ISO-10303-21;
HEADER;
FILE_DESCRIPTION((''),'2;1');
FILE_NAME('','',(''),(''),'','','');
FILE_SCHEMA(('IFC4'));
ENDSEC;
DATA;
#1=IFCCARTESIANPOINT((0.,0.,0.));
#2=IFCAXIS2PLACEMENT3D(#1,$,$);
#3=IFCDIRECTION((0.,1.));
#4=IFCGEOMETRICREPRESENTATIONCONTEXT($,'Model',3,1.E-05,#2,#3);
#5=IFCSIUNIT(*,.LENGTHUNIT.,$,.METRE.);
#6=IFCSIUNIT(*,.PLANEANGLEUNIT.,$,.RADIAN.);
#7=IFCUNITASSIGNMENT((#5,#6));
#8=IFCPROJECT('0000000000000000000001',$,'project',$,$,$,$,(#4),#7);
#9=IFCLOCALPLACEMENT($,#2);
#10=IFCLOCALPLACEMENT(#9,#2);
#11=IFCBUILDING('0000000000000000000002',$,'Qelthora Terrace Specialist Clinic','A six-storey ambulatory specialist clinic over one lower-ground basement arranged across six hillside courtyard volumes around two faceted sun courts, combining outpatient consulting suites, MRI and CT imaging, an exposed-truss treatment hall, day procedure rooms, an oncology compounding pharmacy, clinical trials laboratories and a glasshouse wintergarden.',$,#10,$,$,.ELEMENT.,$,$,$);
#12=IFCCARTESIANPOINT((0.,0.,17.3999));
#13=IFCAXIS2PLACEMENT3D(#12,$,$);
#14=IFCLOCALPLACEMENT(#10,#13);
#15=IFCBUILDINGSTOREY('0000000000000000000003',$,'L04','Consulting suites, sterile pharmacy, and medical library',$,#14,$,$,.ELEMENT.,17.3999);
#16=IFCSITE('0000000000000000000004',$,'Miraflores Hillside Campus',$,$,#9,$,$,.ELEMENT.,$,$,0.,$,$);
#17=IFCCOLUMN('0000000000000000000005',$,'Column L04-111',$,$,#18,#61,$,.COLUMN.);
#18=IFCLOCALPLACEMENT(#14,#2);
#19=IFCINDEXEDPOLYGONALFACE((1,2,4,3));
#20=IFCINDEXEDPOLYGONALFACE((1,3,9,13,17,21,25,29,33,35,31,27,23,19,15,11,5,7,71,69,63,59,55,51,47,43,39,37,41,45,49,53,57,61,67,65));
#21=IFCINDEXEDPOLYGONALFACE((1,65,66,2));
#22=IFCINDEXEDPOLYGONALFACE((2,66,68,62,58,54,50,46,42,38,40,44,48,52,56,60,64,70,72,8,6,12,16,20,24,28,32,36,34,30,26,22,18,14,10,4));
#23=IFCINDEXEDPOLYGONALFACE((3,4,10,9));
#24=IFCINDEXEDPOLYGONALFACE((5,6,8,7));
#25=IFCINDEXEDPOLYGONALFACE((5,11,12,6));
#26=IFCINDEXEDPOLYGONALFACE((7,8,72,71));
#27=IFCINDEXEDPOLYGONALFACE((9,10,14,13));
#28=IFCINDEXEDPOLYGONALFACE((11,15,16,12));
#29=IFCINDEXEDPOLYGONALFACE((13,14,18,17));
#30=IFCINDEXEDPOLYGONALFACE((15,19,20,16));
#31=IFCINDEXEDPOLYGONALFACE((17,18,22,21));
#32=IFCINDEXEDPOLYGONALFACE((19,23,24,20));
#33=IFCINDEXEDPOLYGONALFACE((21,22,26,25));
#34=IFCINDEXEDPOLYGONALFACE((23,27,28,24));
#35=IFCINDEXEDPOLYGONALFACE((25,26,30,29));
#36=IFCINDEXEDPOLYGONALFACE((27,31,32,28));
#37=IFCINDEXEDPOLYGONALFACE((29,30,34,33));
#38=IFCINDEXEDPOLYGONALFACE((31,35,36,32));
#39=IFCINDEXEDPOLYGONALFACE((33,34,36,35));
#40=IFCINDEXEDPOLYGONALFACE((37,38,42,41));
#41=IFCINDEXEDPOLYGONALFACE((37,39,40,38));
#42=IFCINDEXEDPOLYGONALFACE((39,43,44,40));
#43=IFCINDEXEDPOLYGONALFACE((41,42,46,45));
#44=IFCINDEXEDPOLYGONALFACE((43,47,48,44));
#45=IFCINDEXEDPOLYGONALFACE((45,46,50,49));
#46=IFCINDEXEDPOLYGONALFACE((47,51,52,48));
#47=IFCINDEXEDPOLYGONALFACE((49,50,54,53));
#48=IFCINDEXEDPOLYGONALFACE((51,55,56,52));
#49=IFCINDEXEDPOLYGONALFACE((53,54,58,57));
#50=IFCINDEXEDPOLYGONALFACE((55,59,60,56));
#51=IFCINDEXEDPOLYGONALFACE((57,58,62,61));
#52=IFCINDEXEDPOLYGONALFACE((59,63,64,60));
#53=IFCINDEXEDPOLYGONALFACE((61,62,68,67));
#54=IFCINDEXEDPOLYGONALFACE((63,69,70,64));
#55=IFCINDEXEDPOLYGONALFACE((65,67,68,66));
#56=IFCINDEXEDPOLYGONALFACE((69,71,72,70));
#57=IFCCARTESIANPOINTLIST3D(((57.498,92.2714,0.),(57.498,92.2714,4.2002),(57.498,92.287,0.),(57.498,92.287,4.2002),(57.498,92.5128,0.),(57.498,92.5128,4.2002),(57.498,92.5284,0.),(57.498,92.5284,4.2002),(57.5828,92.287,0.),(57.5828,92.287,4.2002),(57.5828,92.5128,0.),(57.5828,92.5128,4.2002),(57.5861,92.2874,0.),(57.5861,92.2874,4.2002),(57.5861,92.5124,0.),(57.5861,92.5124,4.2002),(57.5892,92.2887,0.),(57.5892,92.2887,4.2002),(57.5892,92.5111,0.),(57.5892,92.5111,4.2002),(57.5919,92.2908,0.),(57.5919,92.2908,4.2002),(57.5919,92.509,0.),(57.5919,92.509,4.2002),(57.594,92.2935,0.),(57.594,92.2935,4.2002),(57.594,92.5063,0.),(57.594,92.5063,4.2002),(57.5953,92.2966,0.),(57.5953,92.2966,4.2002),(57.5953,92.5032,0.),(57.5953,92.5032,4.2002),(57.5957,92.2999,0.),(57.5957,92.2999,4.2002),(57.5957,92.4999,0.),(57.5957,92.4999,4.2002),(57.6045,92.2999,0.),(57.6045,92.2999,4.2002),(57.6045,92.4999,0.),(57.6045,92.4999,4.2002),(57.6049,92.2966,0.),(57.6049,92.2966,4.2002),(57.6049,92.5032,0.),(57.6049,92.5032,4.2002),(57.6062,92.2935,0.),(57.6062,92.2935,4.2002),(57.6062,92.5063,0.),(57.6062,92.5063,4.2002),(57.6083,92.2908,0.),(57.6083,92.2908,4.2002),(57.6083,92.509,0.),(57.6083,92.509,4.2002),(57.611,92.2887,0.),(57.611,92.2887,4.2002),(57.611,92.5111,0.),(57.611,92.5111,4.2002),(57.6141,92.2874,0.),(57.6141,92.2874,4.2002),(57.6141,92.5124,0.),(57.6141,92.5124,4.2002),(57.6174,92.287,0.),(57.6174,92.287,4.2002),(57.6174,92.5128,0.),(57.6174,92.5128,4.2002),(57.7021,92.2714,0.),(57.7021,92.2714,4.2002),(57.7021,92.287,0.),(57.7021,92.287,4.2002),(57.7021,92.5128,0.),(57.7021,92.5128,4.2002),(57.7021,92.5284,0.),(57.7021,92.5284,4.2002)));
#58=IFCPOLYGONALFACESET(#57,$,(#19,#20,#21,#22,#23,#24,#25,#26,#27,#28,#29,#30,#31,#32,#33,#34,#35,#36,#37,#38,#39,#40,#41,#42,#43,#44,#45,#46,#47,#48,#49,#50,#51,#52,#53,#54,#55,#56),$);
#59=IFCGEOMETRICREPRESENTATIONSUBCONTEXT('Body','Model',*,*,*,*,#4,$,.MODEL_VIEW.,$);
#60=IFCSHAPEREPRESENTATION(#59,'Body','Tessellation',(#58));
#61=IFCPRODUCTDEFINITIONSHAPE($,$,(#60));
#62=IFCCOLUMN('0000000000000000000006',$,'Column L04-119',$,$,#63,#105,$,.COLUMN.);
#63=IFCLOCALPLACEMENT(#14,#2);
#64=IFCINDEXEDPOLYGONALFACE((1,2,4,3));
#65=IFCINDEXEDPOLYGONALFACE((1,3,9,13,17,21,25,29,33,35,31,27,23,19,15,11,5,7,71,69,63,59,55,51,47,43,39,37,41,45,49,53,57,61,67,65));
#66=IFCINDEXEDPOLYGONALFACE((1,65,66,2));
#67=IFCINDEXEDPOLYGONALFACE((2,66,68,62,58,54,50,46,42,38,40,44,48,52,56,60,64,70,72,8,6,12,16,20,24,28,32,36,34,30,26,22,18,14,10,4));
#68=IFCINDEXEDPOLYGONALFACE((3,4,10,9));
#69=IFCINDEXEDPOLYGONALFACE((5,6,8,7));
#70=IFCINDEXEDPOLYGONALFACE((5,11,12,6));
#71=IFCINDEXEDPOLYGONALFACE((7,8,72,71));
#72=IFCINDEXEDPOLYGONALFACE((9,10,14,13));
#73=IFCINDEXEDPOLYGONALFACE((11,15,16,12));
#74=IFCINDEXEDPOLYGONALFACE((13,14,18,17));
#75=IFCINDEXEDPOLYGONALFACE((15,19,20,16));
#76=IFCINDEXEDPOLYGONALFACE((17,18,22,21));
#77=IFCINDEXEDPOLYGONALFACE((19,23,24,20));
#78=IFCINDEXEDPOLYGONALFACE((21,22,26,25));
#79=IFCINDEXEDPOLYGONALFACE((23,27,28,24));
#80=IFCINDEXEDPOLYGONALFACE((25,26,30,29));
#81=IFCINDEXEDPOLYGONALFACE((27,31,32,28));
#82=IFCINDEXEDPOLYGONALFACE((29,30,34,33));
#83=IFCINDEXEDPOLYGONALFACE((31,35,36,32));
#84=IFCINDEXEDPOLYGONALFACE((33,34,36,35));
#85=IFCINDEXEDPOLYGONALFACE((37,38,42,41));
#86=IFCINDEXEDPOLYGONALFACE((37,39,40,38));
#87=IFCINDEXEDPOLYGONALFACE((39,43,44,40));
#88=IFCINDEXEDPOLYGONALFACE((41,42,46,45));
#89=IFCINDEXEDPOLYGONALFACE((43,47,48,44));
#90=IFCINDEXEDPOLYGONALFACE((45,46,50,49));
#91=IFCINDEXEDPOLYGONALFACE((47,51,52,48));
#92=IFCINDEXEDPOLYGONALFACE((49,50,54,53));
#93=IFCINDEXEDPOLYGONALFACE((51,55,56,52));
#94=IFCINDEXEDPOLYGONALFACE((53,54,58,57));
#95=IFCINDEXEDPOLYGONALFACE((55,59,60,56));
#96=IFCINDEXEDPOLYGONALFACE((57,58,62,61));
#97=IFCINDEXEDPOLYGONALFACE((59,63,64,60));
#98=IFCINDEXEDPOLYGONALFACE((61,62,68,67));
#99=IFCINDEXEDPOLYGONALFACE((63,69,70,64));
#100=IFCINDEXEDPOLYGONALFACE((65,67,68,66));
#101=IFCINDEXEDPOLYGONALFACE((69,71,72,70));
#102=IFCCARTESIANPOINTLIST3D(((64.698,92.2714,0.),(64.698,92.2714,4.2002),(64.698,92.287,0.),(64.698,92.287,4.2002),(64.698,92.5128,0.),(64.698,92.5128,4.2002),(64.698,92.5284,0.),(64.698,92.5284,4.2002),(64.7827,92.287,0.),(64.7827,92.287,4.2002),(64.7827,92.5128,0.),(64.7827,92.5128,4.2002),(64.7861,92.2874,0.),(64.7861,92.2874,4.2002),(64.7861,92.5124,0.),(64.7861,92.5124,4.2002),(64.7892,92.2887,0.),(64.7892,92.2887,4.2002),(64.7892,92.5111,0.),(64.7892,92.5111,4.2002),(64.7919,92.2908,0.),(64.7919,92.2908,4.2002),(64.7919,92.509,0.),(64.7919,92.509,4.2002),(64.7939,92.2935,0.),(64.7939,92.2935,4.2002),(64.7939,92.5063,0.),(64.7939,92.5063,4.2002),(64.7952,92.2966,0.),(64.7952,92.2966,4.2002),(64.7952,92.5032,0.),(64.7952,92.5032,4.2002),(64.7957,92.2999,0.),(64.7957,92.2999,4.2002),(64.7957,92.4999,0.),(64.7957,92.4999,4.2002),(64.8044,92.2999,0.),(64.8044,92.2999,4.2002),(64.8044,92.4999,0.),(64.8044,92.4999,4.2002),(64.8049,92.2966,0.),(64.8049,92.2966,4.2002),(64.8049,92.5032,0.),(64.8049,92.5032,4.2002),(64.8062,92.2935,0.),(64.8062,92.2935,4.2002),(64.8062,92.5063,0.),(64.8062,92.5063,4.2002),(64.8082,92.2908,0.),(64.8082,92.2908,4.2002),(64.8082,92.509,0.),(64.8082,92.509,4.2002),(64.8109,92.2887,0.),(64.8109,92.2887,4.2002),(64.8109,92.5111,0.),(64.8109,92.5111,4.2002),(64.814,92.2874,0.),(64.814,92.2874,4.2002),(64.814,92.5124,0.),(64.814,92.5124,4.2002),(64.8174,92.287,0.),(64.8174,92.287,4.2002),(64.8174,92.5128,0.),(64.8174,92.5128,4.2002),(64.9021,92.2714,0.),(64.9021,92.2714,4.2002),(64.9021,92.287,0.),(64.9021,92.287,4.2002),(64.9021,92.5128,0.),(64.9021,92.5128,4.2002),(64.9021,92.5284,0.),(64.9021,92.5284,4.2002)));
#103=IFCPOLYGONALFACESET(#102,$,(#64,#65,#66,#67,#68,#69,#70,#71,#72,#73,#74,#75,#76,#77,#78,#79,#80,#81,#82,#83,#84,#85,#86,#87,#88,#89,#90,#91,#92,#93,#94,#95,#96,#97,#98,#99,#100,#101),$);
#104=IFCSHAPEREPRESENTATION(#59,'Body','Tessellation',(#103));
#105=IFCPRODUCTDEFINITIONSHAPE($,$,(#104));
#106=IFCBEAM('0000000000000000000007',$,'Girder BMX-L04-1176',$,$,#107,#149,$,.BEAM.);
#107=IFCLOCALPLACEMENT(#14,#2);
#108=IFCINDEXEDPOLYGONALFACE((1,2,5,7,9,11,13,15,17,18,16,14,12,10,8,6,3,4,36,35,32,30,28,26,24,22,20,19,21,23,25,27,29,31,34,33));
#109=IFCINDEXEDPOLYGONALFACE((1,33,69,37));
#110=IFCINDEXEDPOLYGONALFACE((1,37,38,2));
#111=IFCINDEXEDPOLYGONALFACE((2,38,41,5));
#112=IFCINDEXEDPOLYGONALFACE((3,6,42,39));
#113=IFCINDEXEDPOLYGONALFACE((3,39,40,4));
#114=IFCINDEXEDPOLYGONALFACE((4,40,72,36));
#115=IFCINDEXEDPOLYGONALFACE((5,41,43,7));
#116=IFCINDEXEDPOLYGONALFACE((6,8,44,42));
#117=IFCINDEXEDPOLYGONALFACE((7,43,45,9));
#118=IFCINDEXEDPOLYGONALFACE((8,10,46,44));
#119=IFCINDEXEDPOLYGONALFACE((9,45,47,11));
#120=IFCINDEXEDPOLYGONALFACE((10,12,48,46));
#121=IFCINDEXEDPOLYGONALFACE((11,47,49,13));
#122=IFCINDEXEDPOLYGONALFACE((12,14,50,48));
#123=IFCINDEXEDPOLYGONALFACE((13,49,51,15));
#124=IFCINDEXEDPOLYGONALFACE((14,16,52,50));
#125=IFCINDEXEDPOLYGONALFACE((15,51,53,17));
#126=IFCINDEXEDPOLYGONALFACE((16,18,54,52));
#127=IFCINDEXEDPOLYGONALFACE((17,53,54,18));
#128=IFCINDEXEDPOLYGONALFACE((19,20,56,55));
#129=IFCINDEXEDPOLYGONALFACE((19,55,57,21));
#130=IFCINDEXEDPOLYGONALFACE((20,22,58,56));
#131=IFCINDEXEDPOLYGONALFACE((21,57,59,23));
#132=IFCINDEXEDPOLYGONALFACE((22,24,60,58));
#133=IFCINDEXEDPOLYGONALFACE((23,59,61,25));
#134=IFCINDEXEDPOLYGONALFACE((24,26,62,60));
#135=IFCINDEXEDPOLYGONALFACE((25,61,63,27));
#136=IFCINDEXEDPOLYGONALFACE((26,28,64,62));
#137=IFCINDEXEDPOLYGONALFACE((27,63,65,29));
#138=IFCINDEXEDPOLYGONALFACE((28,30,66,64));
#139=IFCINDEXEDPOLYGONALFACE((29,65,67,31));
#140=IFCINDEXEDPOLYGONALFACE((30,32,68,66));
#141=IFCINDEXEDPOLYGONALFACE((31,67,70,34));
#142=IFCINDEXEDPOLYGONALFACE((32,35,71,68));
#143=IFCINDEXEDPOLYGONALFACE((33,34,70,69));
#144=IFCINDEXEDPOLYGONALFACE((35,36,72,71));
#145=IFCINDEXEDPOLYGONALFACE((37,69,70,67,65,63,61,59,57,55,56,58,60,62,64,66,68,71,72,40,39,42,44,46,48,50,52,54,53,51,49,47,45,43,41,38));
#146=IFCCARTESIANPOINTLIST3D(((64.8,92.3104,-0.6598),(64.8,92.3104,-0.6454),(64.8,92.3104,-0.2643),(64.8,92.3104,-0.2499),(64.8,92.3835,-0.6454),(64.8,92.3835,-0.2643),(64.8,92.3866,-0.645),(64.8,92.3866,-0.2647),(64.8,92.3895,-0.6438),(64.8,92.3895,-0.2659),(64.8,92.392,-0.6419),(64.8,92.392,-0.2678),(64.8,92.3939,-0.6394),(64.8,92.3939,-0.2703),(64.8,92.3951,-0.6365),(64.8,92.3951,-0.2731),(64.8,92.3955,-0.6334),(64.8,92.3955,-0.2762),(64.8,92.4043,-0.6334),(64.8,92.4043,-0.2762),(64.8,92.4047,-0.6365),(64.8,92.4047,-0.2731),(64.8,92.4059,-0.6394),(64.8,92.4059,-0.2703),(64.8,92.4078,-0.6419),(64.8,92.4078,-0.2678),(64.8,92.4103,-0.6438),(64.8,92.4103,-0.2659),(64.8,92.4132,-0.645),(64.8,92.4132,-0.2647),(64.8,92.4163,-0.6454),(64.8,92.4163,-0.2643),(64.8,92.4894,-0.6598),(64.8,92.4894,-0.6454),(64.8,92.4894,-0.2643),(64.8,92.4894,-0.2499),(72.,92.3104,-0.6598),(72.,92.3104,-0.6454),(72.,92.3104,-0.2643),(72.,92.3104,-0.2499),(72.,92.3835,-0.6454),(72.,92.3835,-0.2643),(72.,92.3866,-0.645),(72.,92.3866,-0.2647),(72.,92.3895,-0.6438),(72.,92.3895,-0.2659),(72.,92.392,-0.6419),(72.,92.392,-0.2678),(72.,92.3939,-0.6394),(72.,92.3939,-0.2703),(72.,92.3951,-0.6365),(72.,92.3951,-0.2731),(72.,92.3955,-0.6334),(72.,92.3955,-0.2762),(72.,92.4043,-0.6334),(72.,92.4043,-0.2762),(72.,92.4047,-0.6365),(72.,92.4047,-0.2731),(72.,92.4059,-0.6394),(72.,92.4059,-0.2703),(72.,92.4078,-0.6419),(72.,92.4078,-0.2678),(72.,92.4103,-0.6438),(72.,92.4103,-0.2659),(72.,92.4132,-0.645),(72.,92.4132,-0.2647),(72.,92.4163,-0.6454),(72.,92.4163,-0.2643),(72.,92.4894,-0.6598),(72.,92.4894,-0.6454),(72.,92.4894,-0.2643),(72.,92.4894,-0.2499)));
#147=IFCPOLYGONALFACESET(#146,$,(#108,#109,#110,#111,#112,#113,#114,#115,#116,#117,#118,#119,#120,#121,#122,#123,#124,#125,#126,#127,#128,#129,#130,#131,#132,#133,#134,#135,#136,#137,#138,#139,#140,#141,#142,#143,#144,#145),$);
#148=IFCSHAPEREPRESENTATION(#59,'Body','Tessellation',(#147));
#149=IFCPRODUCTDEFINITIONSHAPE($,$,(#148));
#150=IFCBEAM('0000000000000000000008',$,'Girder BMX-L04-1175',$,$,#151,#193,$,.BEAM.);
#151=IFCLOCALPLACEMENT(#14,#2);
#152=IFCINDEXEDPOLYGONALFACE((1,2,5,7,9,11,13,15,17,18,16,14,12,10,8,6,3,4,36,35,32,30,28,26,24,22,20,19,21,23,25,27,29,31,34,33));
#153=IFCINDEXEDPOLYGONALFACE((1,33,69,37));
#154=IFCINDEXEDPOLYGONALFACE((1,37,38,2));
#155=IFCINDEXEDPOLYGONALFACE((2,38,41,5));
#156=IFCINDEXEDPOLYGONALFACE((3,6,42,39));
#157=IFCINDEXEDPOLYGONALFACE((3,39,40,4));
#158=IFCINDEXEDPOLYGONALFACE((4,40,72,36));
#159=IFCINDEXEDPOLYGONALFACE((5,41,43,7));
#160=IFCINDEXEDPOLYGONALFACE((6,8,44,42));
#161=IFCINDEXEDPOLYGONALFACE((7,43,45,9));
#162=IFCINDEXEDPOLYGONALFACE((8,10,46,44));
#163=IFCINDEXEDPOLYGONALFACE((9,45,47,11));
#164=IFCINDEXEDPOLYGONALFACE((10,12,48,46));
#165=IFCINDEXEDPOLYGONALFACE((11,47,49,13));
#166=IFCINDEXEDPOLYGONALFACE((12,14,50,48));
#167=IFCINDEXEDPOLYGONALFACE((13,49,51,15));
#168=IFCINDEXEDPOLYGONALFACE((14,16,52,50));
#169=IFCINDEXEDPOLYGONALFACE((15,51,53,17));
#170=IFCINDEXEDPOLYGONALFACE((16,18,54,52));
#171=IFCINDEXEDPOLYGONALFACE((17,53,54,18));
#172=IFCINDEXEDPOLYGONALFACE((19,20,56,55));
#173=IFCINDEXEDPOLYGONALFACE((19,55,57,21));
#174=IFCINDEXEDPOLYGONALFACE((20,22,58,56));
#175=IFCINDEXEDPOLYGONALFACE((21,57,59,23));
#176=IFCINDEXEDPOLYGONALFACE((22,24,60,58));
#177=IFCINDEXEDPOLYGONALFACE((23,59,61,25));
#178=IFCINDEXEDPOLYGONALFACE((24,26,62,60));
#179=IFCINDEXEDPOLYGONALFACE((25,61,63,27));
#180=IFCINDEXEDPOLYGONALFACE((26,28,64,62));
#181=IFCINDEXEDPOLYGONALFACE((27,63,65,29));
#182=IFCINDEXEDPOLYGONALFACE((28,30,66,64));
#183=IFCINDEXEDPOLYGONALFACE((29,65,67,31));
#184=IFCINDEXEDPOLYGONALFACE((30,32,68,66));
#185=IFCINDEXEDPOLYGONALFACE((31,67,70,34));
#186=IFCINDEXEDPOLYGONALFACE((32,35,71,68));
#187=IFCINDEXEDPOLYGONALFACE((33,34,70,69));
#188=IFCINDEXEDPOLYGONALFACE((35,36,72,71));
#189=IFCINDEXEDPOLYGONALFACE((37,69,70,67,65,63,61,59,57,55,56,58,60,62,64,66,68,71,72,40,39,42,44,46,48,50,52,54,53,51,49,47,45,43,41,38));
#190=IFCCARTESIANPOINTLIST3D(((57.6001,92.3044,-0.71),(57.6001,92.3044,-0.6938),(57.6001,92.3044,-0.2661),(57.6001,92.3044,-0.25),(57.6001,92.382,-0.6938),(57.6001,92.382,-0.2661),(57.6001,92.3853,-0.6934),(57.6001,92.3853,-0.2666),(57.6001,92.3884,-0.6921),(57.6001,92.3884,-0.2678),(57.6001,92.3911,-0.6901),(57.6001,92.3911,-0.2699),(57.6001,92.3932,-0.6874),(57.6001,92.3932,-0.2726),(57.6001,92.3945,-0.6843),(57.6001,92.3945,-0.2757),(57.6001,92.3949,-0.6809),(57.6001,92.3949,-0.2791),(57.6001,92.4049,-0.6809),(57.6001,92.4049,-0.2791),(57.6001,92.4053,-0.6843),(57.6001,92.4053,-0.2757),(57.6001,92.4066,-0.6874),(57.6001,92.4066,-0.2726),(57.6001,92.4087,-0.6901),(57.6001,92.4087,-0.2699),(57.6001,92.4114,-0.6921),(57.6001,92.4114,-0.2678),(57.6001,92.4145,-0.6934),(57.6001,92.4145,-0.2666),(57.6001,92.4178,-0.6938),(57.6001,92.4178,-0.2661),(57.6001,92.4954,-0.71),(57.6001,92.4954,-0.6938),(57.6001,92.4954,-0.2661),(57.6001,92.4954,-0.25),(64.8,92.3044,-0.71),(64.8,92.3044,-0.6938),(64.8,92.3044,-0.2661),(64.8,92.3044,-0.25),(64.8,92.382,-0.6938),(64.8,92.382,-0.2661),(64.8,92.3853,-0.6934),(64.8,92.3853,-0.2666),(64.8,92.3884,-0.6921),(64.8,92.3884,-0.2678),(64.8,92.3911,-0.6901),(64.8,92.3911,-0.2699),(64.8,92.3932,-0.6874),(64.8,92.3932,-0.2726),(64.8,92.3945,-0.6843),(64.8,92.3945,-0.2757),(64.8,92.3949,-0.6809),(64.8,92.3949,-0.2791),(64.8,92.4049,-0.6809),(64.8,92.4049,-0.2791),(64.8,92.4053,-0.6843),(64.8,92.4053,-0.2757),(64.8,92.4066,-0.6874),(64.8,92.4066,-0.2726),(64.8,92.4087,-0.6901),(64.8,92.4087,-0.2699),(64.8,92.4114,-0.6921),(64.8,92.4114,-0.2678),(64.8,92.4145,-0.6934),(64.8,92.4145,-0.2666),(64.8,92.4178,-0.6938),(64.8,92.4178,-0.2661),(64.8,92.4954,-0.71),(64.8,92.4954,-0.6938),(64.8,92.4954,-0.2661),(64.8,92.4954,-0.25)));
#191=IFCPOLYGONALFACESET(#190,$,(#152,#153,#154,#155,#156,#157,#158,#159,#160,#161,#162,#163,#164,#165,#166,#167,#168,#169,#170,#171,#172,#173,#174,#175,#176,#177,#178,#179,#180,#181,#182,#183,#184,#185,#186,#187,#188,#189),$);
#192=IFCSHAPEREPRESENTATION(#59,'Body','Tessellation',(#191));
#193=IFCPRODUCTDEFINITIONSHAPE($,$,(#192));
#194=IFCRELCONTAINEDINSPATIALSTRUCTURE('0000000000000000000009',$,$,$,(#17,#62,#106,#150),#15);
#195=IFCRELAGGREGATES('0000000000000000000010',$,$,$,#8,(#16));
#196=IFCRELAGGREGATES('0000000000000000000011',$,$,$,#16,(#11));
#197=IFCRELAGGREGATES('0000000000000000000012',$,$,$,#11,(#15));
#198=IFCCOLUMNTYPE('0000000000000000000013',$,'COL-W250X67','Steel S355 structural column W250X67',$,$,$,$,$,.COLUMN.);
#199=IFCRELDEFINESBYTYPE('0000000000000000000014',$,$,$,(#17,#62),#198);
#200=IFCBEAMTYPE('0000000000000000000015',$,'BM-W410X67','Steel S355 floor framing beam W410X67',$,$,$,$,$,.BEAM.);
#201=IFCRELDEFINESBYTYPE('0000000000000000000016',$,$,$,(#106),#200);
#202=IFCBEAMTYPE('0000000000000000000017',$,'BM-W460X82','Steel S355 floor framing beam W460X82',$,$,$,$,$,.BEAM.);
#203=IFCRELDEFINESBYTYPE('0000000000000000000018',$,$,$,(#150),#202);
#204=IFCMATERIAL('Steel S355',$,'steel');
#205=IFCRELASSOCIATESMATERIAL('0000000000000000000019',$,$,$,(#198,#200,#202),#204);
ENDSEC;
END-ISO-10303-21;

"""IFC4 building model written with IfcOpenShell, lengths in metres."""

from ifc_helpers import new_model, si_unit, direction, frame, origin, origin_2d, place, context, subcontext, project, spatial, i_section, extrude, material, material_profile, profile_set, type_object, element, save


model = new_model("IFC4")

# Units and contexts
model_context = context("Model", 3, precision=1e-05, world=origin(), true_north=direction((0.0, 1.0)))
body_context = subcontext(model_context, "Body", "Model", "MODEL_VIEW")
ifc_project = project(units=[si_unit("LENGTHUNIT", "METRE"), si_unit("PLANEANGLEUNIT", "RADIAN")], contexts=[model_context])

# Site, building, storey
site_placement = place(None, origin())
site = spatial("IfcSite", under=ifc_project, at=site_placement, Name="Miraflores Hillside Campus", CompositionType="ELEMENT", RefElevation=0.0)
building_placement = place(site_placement, origin())
building = spatial("IfcBuilding", under=site, at=building_placement, Name="Qelthora Terrace Specialist Clinic", Description="A six-storey ambulatory specialist clinic over one lower-ground basement arranged across six hillside courtyard volumes around two faceted sun courts, combining outpatient consulting suites, MRI and CT imaging, an exposed-truss treatment hall, day procedure rooms, an oncology compounding pharmacy, clinical trials laboratories and a glasshouse wintergarden.", CompositionType="ELEMENT")
storey_placement = place(building_placement, frame((0.0, 0.0, 17.3999)))
storey = spatial("IfcBuildingStorey", under=building, at=storey_placement, Name="L04", Description="Consulting suites, sterile pharmacy, and medical library", CompositionType="ELEMENT", Elevation=17.3999)

# Columns
ifc_material_1 = material(Name="Steel S355", Category="steel")
ifc_material_profile_1 = material_profile(ifc_material_1, i_section(OverallWidth=0.2041, OverallDepth=0.2571, WebThickness=0.0088, FlangeThickness=0.0156, FilletRadius=0.0129, at=origin_2d()), Name="W250X67")
ifc_profile_set_1 = profile_set([ifc_material_profile_1], Name="Steel S355")
column_type = type_object("IfcColumnType", Name="COL-W250X67", Description="Steel S355 structural column W250X67", PredefinedType="COLUMN", material=ifc_profile_set_1)
for number, where, z_axis, x_axis, name in (
    (1, (57.6001, 92.3999, 0.0), (0.0, 0.0, 1.0), (1.0, 0.0, 0.0), "Column L04-111"),
    (2, (64.8, 92.3999, 0.0), (0.0, 0.0, 1.0), (1.0, 0.0, 0.0), "Column L04-119"),
):
    element("IfcColumn", number, at=place(storey_placement, frame(where, z_axis=z_axis, x_axis=x_axis)), inside=storey, type_object=column_type, Name=name, PredefinedType="COLUMN", context=body_context, shape_type="SweptSolid", body=[
        extrude(i_section(OverallWidth=0.2041, OverallDepth=0.2571, WebThickness=0.0088, FlangeThickness=0.0156, FilletRadius=0.0129, at=origin_2d()), origin(), (0.0, 0.0, 1.0), 4.2002),
    ])

# Beams
ifc_material_profile_2 = material_profile(ifc_material_1, i_section(OverallWidth=0.179, OverallDepth=0.4099, WebThickness=0.0088, FlangeThickness=0.0144, FilletRadius=0.012, at=origin_2d()), Name="W410X67")
ifc_profile_set_2 = profile_set([ifc_material_profile_2], Name="Steel S355")
beam_type_1 = type_object("IfcBeamType", Name="BM-W410X67", Description="Steel S355 floor framing beam W410X67", PredefinedType="BEAM", material=ifc_profile_set_2)
beam_1_placement = place(storey_placement, frame((64.8, 92.3999, -0.4548), z_axis=(1.0, 0.0, 0.0), x_axis=(0.0, 1.0, 0.0)))
element("IfcBeam", 3, at=beam_1_placement, inside=storey, type_object=beam_type_1, Name="Girder BMX-L04-1176", PredefinedType="BEAM", context=body_context, shape_type="SweptSolid", body=[
    extrude(i_section(OverallWidth=0.179, OverallDepth=0.4099, WebThickness=0.0088, FlangeThickness=0.0144, FilletRadius=0.012, at=origin_2d()), origin(), (0.0, 0.0, 1.0), 7.2),
])
ifc_material_profile_3 = material_profile(ifc_material_1, i_section(OverallWidth=0.1909, OverallDepth=0.46, WebThickness=0.01, FlangeThickness=0.0161, FilletRadius=0.0129, at=origin_2d()), Name="W460X82")
ifc_profile_set_3 = profile_set([ifc_material_profile_3], Name="Steel S355")
beam_type_2 = type_object("IfcBeamType", Name="BM-W460X82", Description="Steel S355 floor framing beam W460X82", PredefinedType="BEAM", material=ifc_profile_set_3)
beam_2_placement = place(storey_placement, frame((57.6001, 92.3999, -0.48), z_axis=(1.0, 0.0, 0.0), x_axis=(0.0, 1.0, 0.0)))
element("IfcBeam", 4, at=beam_2_placement, inside=storey, type_object=beam_type_2, Name="Girder BMX-L04-1175", PredefinedType="BEAM", context=body_context, shape_type="SweptSolid", body=[
    extrude(i_section(OverallWidth=0.1909, OverallDepth=0.46, WebThickness=0.01, FlangeThickness=0.0161, FilletRadius=0.0129, at=origin_2d()), origin(), (0.0, 0.0, 1.0), 7.2),
])

save(model, "model.ifc")
